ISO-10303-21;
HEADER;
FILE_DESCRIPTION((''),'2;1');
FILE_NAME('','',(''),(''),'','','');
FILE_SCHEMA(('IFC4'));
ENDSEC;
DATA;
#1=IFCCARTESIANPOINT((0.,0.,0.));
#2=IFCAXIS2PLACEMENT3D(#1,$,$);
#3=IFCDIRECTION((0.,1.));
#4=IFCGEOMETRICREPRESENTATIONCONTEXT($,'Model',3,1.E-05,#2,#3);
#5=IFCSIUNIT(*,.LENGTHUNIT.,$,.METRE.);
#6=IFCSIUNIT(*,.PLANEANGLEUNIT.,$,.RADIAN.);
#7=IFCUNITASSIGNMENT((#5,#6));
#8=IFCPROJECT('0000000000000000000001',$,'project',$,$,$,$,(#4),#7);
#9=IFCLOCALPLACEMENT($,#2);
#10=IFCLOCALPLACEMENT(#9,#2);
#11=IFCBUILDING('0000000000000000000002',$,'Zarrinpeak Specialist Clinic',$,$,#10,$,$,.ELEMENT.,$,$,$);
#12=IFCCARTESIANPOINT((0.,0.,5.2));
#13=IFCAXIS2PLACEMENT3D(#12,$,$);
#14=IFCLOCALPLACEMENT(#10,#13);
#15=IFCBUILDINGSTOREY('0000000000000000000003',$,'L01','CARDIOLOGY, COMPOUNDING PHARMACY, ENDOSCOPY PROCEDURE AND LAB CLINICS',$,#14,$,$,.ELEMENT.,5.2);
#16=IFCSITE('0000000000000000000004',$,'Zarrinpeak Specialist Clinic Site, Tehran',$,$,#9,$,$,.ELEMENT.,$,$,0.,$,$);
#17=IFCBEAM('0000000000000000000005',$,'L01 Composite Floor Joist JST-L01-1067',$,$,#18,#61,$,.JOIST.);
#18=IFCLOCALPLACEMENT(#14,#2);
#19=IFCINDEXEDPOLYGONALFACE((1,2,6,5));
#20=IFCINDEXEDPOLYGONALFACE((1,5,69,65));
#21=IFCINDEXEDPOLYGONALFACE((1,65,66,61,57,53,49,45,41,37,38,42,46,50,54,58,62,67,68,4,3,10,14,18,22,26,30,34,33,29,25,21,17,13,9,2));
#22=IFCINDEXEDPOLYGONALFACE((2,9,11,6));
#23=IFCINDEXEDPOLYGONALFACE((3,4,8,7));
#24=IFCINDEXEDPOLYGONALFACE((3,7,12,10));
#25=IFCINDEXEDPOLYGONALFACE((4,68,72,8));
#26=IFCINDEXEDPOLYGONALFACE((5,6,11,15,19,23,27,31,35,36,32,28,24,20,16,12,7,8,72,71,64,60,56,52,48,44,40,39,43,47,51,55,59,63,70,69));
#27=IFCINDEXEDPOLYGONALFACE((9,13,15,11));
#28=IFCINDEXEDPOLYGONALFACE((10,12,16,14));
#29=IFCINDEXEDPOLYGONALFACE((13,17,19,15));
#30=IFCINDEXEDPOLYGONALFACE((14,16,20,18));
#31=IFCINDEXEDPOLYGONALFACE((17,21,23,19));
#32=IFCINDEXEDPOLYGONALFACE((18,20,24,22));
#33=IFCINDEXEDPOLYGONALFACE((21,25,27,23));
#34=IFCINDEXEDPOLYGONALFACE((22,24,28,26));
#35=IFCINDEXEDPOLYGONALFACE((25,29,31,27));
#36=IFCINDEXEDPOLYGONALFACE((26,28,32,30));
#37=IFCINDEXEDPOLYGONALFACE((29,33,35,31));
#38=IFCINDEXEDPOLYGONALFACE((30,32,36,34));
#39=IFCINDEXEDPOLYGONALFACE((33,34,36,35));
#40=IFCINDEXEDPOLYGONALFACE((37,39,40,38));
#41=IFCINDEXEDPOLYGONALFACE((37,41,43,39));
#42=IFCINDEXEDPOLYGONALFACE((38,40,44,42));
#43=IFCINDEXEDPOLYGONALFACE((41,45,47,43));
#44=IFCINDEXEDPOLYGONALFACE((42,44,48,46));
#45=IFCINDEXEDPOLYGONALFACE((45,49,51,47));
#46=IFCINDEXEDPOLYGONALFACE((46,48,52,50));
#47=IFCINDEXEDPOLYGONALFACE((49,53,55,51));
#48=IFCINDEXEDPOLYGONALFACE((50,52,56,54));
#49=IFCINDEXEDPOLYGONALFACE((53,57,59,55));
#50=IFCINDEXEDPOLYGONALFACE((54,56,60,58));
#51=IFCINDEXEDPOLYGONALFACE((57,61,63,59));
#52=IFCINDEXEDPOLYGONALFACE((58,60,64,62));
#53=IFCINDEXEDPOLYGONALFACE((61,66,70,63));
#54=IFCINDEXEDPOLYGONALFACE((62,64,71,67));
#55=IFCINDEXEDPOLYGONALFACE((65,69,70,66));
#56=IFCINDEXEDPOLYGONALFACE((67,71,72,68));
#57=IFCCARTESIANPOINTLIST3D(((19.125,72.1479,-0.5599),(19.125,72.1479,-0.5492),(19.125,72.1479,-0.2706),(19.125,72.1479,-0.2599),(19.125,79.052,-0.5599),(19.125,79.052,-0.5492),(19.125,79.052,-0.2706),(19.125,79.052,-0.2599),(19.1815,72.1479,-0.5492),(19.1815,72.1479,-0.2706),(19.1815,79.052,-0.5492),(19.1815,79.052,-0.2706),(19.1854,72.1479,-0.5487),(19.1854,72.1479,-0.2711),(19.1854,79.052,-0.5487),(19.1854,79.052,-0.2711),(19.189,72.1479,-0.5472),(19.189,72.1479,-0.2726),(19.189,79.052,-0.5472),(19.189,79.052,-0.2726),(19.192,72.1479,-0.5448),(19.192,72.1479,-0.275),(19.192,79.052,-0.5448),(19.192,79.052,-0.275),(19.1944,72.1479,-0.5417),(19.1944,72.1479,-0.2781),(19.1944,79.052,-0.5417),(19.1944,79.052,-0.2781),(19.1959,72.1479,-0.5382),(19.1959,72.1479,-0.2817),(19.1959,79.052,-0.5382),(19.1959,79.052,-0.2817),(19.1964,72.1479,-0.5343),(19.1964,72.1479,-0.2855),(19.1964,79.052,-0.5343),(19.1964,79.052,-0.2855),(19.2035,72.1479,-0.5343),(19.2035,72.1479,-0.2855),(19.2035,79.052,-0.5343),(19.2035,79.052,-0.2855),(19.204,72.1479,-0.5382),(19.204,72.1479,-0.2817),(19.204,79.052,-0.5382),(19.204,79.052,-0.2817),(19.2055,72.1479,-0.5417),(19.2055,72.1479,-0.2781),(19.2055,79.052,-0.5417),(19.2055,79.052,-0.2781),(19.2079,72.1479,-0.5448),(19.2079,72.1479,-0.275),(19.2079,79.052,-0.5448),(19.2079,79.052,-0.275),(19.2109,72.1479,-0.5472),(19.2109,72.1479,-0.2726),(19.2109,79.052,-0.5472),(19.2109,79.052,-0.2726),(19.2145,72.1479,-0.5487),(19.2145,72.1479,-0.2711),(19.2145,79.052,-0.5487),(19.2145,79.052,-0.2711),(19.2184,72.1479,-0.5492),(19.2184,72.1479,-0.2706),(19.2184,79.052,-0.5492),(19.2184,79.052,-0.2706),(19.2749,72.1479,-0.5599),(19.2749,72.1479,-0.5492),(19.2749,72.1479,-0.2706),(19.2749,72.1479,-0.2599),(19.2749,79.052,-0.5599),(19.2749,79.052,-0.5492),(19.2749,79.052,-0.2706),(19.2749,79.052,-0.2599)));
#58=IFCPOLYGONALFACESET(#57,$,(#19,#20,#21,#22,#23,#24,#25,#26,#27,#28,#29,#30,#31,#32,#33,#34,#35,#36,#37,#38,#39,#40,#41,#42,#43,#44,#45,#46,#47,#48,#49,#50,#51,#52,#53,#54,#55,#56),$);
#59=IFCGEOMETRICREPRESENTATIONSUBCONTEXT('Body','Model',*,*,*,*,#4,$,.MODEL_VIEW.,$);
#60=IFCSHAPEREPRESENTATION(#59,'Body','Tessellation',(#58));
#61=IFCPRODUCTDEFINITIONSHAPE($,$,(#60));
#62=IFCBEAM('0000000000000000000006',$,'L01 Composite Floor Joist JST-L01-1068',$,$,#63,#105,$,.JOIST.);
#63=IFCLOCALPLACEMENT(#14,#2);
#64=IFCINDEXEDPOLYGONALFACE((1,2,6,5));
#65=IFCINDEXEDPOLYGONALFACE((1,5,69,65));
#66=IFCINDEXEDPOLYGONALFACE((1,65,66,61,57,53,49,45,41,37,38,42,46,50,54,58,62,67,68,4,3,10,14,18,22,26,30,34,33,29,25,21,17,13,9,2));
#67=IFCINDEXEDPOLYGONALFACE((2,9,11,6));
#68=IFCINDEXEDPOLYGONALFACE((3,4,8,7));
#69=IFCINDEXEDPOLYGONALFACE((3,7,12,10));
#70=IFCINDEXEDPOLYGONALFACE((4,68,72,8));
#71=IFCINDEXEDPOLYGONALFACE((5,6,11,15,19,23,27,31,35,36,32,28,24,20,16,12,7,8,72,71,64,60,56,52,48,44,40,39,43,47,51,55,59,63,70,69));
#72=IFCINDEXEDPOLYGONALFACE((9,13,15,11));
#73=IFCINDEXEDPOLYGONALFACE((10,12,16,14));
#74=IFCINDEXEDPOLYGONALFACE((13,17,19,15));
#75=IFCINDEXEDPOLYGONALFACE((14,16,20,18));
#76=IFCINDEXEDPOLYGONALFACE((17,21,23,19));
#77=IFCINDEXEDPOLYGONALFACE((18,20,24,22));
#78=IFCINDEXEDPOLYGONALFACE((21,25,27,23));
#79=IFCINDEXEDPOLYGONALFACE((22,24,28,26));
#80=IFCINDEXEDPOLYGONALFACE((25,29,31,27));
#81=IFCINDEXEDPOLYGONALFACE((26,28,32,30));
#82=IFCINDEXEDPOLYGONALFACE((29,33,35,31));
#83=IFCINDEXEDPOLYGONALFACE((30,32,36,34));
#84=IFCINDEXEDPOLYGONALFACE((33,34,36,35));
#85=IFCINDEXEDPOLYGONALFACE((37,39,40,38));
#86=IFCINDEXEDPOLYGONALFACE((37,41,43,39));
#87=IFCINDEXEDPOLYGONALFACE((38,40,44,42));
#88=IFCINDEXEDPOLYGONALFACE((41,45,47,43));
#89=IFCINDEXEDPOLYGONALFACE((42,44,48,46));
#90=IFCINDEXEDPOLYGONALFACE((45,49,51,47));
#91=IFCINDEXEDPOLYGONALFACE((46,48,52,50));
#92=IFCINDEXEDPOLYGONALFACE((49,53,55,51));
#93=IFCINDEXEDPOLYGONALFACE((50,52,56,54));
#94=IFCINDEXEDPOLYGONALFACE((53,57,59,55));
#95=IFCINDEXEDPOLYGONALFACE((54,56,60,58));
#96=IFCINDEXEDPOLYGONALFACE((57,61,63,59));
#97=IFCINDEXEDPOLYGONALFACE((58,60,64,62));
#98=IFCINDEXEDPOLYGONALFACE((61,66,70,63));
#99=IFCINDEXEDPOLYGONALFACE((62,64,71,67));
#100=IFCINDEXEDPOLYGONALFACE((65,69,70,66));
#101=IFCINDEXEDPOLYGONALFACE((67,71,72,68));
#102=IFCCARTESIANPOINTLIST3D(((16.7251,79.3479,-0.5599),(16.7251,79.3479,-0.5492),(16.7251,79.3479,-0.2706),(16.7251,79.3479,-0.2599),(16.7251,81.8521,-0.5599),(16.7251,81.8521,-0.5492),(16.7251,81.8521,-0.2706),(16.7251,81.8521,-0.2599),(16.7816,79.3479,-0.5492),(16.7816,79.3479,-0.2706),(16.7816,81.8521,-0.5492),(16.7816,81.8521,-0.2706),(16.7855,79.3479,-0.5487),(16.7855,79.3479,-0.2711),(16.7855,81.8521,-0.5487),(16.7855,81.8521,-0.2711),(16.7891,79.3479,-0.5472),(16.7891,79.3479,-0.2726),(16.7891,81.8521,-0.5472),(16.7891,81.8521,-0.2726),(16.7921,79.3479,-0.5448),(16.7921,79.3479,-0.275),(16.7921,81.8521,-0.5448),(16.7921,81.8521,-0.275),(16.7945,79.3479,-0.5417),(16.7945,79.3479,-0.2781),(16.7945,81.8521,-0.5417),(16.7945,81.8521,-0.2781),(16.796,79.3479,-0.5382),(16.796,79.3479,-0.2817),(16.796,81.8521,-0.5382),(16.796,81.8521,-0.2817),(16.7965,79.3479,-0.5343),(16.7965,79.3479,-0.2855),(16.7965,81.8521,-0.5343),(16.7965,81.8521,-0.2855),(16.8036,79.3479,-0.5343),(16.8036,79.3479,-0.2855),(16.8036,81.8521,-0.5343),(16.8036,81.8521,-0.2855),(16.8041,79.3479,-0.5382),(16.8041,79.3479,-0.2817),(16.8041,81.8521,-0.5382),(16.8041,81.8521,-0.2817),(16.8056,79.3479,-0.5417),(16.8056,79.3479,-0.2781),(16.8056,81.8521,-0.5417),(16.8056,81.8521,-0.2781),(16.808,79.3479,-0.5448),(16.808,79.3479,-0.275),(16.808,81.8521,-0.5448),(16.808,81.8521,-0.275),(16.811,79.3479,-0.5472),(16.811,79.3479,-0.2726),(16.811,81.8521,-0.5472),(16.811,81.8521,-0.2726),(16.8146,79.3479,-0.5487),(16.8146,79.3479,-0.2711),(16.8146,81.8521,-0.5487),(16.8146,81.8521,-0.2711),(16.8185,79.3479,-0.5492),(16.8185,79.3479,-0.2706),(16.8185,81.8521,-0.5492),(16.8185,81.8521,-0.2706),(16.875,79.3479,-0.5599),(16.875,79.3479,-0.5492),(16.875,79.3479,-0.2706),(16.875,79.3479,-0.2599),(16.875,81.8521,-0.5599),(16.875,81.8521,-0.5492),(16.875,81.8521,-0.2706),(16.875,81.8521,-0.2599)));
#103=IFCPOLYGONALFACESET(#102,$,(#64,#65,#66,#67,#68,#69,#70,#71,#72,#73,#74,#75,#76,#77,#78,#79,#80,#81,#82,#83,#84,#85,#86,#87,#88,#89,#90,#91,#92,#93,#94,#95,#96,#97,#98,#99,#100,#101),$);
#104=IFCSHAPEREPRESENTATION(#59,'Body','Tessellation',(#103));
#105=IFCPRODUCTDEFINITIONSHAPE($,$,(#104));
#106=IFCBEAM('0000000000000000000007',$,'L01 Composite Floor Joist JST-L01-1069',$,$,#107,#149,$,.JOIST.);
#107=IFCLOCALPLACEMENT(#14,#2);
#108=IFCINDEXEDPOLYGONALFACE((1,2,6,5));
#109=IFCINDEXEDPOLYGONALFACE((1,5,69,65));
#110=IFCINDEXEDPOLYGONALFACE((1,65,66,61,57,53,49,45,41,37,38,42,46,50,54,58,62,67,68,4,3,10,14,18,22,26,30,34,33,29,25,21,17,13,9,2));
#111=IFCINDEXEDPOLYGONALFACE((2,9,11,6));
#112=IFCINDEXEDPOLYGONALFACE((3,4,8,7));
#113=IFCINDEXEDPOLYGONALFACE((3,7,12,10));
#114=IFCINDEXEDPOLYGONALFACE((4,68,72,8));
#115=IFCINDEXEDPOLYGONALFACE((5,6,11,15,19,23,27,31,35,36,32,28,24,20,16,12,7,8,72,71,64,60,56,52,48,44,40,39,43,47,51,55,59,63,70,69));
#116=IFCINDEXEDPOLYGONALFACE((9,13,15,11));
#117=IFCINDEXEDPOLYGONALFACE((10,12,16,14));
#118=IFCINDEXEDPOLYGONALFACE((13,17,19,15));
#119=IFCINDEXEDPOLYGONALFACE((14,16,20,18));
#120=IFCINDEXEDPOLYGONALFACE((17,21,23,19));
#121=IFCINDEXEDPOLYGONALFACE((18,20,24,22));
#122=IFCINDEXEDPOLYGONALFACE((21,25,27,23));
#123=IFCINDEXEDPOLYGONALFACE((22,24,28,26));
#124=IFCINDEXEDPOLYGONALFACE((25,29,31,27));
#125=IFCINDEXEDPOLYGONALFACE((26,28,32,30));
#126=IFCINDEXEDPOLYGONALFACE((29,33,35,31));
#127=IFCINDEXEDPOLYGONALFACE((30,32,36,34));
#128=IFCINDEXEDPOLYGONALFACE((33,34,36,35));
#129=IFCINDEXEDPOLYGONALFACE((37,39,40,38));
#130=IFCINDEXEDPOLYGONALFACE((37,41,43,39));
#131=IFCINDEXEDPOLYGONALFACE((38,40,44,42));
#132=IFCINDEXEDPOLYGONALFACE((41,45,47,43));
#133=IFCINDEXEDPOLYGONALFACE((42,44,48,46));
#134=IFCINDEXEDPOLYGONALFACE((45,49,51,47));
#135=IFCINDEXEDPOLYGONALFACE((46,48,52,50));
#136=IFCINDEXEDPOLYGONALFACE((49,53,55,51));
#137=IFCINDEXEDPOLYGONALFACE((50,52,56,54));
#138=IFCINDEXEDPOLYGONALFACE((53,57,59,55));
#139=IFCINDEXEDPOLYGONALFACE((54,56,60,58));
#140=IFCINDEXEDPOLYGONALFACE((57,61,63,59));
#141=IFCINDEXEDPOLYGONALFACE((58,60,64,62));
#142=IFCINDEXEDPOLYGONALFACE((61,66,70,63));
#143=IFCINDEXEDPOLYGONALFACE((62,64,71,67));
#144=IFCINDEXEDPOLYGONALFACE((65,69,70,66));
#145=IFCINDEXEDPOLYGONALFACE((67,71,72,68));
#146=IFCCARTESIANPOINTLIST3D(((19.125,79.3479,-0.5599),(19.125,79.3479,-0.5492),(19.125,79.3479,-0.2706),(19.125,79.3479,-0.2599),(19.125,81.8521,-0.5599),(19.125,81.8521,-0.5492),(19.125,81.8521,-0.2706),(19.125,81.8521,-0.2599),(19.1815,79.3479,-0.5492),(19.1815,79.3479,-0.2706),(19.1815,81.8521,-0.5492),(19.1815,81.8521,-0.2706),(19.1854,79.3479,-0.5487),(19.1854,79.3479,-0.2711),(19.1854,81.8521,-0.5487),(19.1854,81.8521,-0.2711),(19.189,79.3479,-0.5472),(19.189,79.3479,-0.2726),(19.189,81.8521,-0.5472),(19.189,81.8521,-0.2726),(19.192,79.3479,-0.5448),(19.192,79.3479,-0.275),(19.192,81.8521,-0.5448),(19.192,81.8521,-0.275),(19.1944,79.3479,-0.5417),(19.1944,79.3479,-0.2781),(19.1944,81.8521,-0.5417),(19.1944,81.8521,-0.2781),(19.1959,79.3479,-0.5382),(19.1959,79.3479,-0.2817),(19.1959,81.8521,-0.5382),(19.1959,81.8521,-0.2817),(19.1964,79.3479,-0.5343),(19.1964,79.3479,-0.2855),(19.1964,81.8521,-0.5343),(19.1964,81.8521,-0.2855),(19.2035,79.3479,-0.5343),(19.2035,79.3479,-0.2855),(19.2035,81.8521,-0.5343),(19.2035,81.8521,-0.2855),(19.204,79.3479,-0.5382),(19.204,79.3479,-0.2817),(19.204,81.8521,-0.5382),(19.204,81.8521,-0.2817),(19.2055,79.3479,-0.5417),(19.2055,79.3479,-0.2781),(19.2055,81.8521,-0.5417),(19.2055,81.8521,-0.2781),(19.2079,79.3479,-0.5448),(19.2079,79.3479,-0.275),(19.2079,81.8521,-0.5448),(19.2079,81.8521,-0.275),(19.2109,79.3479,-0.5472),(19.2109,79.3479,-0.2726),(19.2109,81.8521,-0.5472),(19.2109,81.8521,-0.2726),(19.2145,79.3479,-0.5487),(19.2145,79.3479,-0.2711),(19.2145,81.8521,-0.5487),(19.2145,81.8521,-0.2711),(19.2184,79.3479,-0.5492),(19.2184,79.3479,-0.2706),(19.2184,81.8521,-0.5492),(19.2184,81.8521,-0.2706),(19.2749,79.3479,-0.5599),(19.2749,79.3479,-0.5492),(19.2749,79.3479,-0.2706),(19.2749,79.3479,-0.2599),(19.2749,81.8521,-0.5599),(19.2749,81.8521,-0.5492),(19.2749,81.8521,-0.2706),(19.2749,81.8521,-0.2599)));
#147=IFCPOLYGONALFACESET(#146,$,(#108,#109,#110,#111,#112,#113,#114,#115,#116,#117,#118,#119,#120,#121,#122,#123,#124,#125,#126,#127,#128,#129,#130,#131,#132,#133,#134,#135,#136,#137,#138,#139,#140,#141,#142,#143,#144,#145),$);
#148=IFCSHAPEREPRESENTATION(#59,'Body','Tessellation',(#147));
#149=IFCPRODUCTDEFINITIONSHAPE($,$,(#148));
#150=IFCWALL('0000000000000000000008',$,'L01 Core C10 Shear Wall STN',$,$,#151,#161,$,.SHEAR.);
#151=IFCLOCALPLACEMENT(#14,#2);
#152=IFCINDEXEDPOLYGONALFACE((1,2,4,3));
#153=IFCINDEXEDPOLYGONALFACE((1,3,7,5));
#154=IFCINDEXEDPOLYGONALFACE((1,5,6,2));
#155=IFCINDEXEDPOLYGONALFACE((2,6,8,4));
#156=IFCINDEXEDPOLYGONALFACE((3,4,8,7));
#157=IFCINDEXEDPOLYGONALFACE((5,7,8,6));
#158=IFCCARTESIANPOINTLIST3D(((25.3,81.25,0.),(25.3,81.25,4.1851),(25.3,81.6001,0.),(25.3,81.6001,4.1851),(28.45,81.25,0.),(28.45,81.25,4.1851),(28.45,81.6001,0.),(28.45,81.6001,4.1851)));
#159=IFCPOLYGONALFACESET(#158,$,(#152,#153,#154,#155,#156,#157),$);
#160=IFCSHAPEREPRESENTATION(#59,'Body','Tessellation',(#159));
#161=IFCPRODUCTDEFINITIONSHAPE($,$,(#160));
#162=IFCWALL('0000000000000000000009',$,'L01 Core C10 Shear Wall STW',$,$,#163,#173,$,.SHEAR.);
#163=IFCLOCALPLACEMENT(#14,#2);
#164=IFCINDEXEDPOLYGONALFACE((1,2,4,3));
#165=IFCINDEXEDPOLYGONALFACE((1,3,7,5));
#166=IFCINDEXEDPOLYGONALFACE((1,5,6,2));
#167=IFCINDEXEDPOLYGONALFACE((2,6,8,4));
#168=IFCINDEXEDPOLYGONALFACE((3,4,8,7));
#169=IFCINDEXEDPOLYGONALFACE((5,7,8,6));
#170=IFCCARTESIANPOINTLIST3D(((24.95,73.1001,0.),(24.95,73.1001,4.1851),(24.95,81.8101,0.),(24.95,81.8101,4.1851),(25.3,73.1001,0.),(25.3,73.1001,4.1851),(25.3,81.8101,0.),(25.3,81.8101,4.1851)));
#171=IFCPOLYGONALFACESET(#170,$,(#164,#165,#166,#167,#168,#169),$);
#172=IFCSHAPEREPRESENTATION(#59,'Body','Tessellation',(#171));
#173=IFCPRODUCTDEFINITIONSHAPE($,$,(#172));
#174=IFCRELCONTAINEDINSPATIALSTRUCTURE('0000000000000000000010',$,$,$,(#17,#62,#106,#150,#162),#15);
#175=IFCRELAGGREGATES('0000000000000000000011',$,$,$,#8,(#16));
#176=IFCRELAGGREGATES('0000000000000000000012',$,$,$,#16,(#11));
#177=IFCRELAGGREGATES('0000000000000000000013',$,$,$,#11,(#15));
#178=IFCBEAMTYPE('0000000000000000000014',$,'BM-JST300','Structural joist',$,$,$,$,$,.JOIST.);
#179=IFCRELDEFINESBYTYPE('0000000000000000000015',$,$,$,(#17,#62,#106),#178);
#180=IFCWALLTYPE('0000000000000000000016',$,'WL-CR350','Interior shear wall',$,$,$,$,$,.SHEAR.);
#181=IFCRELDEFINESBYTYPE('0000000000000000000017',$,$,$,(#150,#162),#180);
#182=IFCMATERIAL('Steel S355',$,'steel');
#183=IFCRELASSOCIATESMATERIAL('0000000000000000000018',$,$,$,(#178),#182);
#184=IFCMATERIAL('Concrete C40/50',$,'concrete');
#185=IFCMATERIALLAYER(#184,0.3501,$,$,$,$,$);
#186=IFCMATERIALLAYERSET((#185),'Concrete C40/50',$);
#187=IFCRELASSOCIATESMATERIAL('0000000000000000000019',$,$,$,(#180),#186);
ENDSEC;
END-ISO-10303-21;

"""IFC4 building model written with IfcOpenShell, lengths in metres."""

from ifc_helpers import new_model, si_unit, direction, frame, frame_2d, origin, origin_2d, place, context, subcontext, project, spatial, rectangle, i_section, extrude, material, layer, layer_set, material_profile, profile_set, type_object, element, save


model = new_model("IFC4")

# Units and contexts
model_context = context("Model", 3, precision=1e-05, world=origin(), true_north=direction((0.0, 1.0)))
body_context = subcontext(model_context, "Body", "Model", "MODEL_VIEW")
ifc_project = project(units=[si_unit("LENGTHUNIT", "METRE"), si_unit("PLANEANGLEUNIT", "RADIAN")], contexts=[model_context])

# Site, building, storey
site_placement = place(None, origin())
site = spatial("IfcSite", under=ifc_project, at=site_placement, Name="Zarrinpeak Specialist Clinic Site, Tehran", CompositionType="ELEMENT", RefElevation=0.0)
building_placement = place(site_placement, origin())
building = spatial("IfcBuilding", under=site, at=building_placement, Name="Zarrinpeak Specialist Clinic", CompositionType="ELEMENT")
storey_placement = place(building_placement, frame((0.0, 0.0, 5.2)))
storey = spatial("IfcBuildingStorey", under=building, at=storey_placement, Name="L01", Description="CARDIOLOGY, COMPOUNDING PHARMACY, ENDOSCOPY PROCEDURE AND LAB CLINICS", CompositionType="ELEMENT", Elevation=5.2)

# Shared definitions
ifc_material_1 = material(Name="Steel S355", Category="steel")

# Beams
ifc_material_profile_1 = material_profile(ifc_material_1, i_section(OverallWidth=0.1499, OverallDepth=0.3, WebThickness=0.0071, FlangeThickness=0.0107, FilletRadius=0.0149, at=origin_2d()), Name="IPE 300")
ifc_profile_set_1 = profile_set([ifc_material_profile_1], Name="Steel S355")
beam_type_1 = type_object("IfcBeamType", Name="BM-JST300", Description="Structural joist", PredefinedType="JOIST", material=ifc_profile_set_1)
for number, where, z_axis, x_axis, name in (
    (1, (19.2, 72.1479, -0.4099), (0.0, 1.0, 0.0), (-1.0, 0.0, 0.0), "L01 Composite Floor Joist JST-L01-1067"),
):
    element("IfcBeam", number, at=place(storey_placement, frame(where, z_axis=z_axis, x_axis=x_axis)), inside=storey, type_object=beam_type_1, Name=name, PredefinedType="JOIST", context=body_context, shape_type="SweptSolid", body=[
        extrude(i_section(OverallWidth=0.1499, OverallDepth=0.3, WebThickness=0.0071, FlangeThickness=0.0107, FilletRadius=0.0149, at=origin_2d()), origin(), (0.0, 0.0, 1.0), 6.9041),
    ])
for number, where, z_axis, x_axis, name in (
    (2, (16.8, 79.3479, -0.4099), (0.0, 1.0, 0.0), (-1.0, 0.0, 0.0), "L01 Composite Floor Joist JST-L01-1068"),
    (3, (19.2, 79.3479, -0.4099), (0.0, 1.0, 0.0), (-1.0, 0.0, 0.0), "L01 Composite Floor Joist JST-L01-1069"),
):
    element("IfcBeam", number, at=place(storey_placement, frame(where, z_axis=z_axis, x_axis=x_axis)), inside=storey, type_object=beam_type_1, Name=name, PredefinedType="JOIST", context=body_context, shape_type="SweptSolid", body=[
        extrude(i_section(OverallWidth=0.1499, OverallDepth=0.3, WebThickness=0.0071, FlangeThickness=0.0107, FilletRadius=0.0149, at=origin_2d()), origin(), (0.0, 0.0, 1.0), 2.5042),
    ])

# Shared definitions
ifc_material_2 = material(Name="Concrete C40/50", Category="concrete")
ifc_layer_1 = layer(ifc_material_2, 0.3501)
ifc_layer_set_1 = layer_set([ifc_layer_1], Name="Concrete C40/50")
wall_type_1 = type_object("IfcWallType", Name="WL-CR350", Description="Interior shear wall", PredefinedType="SHEAR", material=ifc_layer_set_1)

# Walls
wall_1_placement = place(storey_placement, frame((25.3, 81.425, 0.0), z_axis=(0.0, 0.0, 1.0), x_axis=(1.0, 0.0, 0.0)))
element("IfcWall", 4, at=wall_1_placement, inside=storey, type_object=wall_type_1, Name="L01 Core C10 Shear Wall STN", PredefinedType="SHEAR", context=body_context, shape_type="SweptSolid", body=[
    extrude(rectangle(XDim=3.1499, YDim=0.3501, at=frame_2d((1.575, 0.0))), origin(), (0.0, 0.0, 1.0), 4.1851),
])
wall_2_placement = place(storey_placement, frame((25.125, 73.1001, 0.0), z_axis=(0.0, 0.0, 1.0), x_axis=(0.0, 1.0, 0.0)))
element("IfcWall", 5, at=wall_2_placement, inside=storey, type_object=wall_type_1, Name="L01 Core C10 Shear Wall STW", PredefinedType="SHEAR", context=body_context, shape_type="SweptSolid", body=[
    extrude(rectangle(XDim=8.71, YDim=0.3501, at=frame_2d((4.355, 0.0))), origin(), (0.0, 0.0, 1.0), 4.1851),
])

save(model, "model.ifc")
